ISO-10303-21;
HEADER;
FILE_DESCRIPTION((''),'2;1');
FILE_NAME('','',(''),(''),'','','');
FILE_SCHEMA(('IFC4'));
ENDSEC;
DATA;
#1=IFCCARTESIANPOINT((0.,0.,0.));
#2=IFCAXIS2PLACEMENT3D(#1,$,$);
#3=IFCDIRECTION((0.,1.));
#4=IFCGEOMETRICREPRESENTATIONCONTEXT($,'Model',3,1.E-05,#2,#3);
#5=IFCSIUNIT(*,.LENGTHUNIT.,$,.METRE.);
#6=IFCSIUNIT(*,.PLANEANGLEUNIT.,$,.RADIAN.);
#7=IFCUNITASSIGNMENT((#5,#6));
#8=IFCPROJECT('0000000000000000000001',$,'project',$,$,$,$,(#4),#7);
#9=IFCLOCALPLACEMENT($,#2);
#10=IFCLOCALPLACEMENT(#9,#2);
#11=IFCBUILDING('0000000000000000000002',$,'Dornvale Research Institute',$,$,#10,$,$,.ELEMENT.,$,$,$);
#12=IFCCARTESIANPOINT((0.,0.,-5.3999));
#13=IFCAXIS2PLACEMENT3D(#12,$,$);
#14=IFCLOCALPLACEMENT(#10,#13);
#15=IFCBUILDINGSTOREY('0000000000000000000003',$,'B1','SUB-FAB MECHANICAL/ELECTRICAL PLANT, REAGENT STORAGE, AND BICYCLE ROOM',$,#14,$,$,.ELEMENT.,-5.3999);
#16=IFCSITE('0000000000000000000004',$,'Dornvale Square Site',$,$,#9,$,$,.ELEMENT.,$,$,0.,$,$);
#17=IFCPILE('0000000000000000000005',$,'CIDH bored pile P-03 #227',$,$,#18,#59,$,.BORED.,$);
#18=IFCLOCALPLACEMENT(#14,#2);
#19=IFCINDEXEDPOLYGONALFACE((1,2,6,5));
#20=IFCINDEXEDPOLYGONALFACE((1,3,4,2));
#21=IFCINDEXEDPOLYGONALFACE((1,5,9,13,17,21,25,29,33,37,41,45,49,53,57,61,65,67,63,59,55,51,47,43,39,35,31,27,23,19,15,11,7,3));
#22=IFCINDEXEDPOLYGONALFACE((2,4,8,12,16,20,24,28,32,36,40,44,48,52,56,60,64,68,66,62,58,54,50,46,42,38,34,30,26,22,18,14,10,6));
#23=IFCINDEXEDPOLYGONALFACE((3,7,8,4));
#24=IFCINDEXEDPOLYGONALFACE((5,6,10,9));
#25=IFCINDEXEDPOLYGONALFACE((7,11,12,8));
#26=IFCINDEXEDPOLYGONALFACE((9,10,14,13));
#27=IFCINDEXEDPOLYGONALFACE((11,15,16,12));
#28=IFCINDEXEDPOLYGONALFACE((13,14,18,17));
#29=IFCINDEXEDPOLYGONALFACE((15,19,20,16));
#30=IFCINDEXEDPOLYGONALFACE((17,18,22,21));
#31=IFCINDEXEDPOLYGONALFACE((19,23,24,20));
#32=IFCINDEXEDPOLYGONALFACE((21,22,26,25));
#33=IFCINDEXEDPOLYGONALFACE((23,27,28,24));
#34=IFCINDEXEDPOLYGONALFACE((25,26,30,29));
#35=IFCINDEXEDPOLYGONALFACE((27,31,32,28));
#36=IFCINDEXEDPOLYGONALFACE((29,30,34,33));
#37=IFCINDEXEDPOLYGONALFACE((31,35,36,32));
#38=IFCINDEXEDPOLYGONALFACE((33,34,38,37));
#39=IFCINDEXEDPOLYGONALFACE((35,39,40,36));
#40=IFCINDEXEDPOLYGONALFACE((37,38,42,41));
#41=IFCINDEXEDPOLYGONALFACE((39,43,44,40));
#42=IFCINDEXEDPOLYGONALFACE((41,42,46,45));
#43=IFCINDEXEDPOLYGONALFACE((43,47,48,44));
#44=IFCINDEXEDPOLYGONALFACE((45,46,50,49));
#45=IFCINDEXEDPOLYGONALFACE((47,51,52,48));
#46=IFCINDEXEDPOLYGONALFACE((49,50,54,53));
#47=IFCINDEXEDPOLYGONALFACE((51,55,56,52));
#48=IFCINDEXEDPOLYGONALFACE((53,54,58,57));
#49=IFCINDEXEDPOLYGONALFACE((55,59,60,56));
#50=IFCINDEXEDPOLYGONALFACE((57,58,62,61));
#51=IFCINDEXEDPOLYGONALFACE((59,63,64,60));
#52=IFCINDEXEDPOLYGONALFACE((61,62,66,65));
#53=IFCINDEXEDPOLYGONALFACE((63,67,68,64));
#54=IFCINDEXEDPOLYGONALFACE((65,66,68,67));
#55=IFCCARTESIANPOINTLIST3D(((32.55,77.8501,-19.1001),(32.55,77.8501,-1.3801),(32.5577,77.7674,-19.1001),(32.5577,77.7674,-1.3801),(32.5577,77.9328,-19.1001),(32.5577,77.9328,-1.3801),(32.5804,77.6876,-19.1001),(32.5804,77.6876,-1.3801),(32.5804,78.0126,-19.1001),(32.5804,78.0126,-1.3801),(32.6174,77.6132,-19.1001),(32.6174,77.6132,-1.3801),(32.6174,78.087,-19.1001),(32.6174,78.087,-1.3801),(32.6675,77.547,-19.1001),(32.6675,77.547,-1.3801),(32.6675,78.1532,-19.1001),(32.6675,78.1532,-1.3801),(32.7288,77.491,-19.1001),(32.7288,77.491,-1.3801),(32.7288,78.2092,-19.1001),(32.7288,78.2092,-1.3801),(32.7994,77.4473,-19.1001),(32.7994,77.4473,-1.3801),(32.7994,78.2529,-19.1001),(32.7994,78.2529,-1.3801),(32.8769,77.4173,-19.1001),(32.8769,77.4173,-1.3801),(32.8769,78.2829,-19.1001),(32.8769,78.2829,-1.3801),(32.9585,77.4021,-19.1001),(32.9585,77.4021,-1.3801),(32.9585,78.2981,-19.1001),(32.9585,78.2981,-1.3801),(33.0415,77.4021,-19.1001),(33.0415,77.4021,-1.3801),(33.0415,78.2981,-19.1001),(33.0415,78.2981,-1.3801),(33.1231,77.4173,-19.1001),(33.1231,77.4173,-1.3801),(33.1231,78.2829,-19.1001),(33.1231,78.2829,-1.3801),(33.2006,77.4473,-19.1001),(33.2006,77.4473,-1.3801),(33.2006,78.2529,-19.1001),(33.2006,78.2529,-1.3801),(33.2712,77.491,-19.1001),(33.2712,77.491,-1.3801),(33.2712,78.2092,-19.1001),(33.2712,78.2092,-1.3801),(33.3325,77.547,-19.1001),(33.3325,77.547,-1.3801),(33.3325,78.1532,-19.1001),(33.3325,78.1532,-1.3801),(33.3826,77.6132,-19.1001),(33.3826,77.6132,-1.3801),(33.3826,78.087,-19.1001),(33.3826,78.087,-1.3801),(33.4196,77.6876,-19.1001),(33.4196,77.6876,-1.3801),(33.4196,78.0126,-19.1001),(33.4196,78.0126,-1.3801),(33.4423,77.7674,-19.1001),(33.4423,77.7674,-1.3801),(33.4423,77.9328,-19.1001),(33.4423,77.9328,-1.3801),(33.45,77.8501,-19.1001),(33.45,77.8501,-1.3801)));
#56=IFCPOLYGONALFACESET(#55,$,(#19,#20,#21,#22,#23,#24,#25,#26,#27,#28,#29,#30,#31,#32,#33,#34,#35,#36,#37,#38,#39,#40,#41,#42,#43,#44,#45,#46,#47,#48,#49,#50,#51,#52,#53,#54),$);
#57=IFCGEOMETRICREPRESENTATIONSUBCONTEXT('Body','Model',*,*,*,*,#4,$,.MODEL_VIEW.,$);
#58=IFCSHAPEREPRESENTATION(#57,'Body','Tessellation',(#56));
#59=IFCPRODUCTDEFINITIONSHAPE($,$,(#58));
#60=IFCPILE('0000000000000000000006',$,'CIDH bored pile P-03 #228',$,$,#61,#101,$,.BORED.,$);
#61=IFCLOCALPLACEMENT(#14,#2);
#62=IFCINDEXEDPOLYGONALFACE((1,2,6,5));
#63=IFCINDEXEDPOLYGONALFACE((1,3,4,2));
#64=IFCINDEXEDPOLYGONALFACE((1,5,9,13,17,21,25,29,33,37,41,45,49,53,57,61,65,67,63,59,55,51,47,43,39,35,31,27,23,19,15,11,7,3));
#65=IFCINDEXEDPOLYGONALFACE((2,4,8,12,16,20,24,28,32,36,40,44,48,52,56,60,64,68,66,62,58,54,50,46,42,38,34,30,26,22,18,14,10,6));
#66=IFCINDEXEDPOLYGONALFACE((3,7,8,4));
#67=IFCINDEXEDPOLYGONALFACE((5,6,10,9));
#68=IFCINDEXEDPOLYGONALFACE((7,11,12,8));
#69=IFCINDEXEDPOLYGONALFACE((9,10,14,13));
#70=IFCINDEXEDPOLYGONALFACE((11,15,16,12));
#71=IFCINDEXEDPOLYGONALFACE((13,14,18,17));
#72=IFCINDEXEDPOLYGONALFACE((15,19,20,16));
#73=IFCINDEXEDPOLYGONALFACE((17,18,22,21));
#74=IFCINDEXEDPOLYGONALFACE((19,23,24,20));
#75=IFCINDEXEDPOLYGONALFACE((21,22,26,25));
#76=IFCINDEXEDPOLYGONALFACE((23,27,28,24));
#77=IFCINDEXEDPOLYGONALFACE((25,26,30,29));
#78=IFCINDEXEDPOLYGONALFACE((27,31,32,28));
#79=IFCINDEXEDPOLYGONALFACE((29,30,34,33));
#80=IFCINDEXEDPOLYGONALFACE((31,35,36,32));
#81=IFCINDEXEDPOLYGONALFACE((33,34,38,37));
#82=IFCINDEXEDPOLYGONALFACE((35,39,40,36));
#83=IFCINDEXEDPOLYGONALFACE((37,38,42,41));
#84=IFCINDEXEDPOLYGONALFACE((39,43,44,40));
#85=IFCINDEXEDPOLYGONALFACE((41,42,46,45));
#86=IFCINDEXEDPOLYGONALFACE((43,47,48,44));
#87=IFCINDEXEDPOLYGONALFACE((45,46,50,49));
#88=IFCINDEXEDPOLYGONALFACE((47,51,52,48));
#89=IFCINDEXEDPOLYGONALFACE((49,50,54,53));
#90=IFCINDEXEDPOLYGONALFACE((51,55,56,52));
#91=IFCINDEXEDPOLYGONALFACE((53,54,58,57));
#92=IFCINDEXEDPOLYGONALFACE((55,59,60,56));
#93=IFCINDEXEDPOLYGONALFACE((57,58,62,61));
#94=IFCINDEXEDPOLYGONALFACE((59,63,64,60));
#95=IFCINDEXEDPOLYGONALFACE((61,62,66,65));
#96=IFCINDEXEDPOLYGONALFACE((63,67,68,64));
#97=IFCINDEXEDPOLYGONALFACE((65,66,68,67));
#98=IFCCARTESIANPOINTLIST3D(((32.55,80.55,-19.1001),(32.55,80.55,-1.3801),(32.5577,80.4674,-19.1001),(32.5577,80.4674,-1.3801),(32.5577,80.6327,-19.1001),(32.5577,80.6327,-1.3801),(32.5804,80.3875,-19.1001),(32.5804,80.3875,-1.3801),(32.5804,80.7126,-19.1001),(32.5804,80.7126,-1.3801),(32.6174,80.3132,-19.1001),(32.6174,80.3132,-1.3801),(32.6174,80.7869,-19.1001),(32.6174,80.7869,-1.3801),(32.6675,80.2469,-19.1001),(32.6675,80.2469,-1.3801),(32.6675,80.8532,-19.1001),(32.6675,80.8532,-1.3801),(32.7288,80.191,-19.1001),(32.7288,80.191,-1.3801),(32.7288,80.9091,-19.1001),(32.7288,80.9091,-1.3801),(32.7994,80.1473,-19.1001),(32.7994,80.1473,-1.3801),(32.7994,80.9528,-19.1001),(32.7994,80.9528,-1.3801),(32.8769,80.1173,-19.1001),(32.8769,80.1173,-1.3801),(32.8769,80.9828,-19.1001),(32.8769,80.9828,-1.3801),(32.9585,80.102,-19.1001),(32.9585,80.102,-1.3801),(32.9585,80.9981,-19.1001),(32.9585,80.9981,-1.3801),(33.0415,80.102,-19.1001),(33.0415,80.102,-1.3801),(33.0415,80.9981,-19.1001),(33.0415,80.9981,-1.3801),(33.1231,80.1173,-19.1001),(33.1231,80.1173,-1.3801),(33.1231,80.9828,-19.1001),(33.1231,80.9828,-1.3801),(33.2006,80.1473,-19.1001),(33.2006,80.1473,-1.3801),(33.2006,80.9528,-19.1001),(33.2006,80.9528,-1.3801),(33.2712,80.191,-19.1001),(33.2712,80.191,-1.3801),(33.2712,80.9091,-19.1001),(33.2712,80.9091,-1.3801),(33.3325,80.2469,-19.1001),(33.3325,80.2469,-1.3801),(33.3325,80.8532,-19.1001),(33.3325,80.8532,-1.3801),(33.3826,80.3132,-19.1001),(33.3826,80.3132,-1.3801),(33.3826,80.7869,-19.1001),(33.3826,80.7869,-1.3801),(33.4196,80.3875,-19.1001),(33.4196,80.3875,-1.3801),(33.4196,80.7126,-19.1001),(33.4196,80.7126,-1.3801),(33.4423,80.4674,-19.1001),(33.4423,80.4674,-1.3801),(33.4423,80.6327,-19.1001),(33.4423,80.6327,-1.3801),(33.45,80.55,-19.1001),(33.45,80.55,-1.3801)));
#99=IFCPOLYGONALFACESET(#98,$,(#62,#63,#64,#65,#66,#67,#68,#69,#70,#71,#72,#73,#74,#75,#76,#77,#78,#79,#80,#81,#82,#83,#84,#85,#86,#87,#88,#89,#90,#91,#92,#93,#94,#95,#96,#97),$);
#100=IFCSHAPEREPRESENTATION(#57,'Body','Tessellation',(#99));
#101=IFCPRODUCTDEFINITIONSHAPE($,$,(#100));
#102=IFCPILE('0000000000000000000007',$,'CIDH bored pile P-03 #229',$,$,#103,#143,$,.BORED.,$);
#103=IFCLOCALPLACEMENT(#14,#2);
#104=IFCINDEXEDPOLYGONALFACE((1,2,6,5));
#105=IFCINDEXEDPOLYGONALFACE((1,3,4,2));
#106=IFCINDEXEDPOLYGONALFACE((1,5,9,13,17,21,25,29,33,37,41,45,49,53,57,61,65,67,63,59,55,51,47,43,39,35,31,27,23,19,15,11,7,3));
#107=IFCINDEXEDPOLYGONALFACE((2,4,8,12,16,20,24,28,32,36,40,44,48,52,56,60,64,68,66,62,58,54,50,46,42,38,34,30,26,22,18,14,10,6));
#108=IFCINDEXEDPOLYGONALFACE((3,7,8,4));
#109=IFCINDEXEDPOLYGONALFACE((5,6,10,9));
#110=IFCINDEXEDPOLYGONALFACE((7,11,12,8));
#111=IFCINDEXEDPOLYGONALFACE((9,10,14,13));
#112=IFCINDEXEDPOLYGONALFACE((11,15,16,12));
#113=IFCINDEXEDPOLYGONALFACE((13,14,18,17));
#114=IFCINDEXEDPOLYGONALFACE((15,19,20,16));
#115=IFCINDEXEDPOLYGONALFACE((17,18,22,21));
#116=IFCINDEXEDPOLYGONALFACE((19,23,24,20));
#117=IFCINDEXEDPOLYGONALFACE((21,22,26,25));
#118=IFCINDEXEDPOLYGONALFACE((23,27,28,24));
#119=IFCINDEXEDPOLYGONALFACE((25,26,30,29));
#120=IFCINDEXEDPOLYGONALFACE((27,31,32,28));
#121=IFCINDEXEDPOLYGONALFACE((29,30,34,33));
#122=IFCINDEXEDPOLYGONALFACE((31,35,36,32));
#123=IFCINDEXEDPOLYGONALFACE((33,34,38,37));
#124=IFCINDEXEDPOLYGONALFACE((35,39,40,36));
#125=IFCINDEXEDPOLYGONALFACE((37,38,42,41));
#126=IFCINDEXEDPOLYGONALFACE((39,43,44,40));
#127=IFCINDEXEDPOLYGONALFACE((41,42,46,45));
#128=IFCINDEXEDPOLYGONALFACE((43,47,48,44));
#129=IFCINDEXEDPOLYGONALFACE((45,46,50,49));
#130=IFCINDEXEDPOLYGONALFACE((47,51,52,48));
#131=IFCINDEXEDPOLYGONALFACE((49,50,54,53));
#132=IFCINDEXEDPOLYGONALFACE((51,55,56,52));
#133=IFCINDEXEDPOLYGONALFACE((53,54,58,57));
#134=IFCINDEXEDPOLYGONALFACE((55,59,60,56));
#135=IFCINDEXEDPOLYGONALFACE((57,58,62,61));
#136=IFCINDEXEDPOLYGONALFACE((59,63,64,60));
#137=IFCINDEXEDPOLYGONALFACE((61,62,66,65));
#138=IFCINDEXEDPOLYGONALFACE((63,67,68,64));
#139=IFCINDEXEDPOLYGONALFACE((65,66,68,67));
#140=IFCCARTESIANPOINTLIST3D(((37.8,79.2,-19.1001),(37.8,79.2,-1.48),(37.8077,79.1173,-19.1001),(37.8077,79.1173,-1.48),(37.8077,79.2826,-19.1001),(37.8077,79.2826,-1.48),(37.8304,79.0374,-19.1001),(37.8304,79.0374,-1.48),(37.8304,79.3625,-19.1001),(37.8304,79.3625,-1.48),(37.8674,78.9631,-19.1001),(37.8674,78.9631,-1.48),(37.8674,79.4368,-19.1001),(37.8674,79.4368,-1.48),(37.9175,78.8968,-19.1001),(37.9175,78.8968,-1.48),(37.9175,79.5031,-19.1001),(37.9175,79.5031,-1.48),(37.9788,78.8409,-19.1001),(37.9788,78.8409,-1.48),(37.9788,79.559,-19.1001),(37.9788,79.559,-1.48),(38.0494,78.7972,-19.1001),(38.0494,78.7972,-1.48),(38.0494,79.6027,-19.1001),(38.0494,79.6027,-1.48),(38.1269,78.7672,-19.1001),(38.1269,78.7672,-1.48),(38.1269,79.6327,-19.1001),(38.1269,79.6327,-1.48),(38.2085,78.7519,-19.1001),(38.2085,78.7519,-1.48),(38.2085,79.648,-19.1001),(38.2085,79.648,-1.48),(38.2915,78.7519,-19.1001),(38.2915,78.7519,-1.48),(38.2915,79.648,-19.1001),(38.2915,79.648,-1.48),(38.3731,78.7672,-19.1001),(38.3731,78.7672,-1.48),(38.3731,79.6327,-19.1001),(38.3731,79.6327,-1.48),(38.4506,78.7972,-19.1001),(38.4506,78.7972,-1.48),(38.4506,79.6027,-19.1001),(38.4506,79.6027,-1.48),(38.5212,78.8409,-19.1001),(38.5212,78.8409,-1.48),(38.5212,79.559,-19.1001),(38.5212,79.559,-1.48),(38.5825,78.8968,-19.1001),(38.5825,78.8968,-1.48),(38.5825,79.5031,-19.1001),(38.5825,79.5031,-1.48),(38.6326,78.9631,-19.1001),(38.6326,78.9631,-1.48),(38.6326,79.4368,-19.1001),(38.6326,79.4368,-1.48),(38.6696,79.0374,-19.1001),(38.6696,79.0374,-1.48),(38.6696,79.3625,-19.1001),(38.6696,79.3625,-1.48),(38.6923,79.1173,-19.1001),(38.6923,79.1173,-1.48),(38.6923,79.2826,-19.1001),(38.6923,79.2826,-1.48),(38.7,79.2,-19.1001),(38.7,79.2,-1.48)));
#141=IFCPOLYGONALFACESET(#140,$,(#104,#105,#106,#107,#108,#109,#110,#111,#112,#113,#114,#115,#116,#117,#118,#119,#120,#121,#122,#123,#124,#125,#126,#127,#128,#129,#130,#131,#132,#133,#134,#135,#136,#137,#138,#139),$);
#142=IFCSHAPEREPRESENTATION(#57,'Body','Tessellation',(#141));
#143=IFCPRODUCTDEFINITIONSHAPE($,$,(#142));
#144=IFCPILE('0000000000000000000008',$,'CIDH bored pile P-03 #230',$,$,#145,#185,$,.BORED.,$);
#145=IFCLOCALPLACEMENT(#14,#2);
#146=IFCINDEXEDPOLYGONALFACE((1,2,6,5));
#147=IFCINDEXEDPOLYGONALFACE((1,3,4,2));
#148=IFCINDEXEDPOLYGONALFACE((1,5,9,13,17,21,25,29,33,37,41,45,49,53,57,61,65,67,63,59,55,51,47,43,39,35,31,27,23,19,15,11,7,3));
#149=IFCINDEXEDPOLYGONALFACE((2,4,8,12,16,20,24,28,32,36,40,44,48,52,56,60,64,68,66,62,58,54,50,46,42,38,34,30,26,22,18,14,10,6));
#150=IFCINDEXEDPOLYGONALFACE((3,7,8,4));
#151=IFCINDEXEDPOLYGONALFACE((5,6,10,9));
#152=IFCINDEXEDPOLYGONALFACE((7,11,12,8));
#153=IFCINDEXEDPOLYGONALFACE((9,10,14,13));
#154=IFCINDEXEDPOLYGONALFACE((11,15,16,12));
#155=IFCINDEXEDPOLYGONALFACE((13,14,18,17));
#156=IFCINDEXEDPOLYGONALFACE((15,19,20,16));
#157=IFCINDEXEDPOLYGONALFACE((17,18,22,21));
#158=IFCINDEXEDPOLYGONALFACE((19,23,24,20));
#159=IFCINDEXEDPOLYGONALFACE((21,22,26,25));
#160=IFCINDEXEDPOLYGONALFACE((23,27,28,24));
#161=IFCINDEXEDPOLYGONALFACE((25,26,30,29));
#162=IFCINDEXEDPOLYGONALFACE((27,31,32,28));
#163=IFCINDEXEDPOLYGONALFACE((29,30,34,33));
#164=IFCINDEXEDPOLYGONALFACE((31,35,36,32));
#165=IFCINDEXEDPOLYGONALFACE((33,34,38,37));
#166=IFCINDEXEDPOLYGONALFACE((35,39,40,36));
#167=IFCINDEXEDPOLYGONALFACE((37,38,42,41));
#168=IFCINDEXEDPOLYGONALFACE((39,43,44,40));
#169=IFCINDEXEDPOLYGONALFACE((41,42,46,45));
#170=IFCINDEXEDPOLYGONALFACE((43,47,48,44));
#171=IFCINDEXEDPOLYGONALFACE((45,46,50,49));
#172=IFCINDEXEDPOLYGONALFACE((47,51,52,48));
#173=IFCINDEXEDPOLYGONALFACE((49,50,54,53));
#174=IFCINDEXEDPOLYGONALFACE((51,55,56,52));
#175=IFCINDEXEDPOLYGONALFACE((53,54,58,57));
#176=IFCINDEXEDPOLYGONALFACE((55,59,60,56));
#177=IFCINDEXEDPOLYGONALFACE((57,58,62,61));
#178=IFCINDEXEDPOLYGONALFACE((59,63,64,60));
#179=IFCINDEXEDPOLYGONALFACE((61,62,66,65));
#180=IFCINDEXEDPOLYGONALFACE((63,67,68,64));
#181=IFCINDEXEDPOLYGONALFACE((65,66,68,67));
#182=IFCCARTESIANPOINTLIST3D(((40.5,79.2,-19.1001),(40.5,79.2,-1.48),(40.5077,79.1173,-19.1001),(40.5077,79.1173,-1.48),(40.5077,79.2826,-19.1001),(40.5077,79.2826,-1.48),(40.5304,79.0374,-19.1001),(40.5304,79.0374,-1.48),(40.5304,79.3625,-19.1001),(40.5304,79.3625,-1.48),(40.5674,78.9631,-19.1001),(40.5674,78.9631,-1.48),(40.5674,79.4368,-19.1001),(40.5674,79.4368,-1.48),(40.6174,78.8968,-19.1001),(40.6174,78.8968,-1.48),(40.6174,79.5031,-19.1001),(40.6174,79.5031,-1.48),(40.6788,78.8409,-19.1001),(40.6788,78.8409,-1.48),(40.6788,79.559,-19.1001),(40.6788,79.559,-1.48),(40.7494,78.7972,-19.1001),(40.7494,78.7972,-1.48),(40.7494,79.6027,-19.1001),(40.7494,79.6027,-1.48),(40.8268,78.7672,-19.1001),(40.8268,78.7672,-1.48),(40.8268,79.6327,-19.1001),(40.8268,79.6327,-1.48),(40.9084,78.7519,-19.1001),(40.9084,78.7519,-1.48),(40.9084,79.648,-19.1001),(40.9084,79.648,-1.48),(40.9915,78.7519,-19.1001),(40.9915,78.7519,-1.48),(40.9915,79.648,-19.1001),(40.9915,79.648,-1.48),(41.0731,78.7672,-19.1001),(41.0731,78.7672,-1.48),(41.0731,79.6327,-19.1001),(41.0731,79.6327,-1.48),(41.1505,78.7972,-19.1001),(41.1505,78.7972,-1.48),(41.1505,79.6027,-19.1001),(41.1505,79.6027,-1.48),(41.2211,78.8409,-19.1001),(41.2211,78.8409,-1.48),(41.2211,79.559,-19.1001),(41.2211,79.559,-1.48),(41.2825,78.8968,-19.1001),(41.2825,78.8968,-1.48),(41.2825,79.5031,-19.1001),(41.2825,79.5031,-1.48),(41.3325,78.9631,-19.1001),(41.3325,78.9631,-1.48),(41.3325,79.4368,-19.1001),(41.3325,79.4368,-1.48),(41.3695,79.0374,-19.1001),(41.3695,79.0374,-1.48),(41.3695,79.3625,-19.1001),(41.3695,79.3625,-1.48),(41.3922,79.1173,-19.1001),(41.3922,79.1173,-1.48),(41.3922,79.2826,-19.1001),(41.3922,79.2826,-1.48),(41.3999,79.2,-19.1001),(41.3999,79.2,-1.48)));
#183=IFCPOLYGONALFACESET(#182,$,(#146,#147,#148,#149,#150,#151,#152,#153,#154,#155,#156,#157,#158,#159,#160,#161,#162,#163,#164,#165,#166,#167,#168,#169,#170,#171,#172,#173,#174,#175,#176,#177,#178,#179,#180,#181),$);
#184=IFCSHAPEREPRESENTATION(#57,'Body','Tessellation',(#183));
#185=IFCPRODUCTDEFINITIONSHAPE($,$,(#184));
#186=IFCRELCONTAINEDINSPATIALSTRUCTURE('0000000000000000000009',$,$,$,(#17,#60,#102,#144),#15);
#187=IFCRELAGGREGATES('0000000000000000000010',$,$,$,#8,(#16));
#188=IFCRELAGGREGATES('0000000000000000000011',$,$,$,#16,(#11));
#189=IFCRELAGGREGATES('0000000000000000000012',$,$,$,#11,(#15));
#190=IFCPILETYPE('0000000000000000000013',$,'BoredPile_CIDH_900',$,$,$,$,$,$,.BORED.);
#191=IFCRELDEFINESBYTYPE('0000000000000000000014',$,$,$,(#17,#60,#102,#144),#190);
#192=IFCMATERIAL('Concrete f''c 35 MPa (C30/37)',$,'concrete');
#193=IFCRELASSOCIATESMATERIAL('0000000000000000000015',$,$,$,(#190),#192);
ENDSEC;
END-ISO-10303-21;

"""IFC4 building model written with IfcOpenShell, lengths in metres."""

from ifc_helpers import new_model, si_unit, direction, frame, origin, origin_2d, place, context, subcontext, project, spatial, circle, extrude, material, material_profile, profile_set, type_object, element, save


model = new_model("IFC4")

# Units and contexts
model_context = context("Model", 3, precision=1e-05, world=origin(), true_north=direction((0.0, 1.0)))
body_context = subcontext(model_context, "Body", "Model", "MODEL_VIEW")
ifc_project = project(units=[si_unit("LENGTHUNIT", "METRE"), si_unit("PLANEANGLEUNIT", "RADIAN")], contexts=[model_context])

# Site, building, storey
site_placement = place(None, origin())
site = spatial("IfcSite", under=ifc_project, at=site_placement, Name="Dornvale Square Site", CompositionType="ELEMENT", RefElevation=0.0)
building_placement = place(site_placement, origin())
building = spatial("IfcBuilding", under=site, at=building_placement, Name="Dornvale Research Institute", CompositionType="ELEMENT")
storey_placement = place(building_placement, frame((0.0, 0.0, -5.3999)))
storey = spatial("IfcBuildingStorey", under=building, at=storey_placement, Name="B1", Description="SUB-FAB MECHANICAL/ELECTRICAL PLANT, REAGENT STORAGE, AND BICYCLE ROOM", CompositionType="ELEMENT", Elevation=-5.3999)

# Piles
ifc_material_1 = material(Name="Concrete f'c 35 MPa (C30/37)", Category="concrete")
ifc_material_profile_1 = material_profile(ifc_material_1, circle(Radius=0.45, at=origin_2d()), Name="CIDH PILE D900")
ifc_profile_set_1 = profile_set([ifc_material_profile_1], Name="Concrete f'c 35 MPa (C30/37)")
pile_type = type_object("IfcPileType", Name="BoredPile_CIDH_900", PredefinedType="BORED", material=ifc_profile_set_1)
for number, where, z_axis, x_axis, name in (
    (1, (33.0, 77.8501, -1.3801), (0.0, 0.0, -1.0), (1.0, 0.0, 0.0), "CIDH bored pile P-03 #227"),
    (2, (33.0, 80.55, -1.3801), (0.0, 0.0, -1.0), (1.0, 0.0, 0.0), "CIDH bored pile P-03 #228"),
):
    element("IfcPile", number, at=place(storey_placement, frame(where, z_axis=z_axis, x_axis=x_axis)), inside=storey, type_object=pile_type, Name=name, PredefinedType="BORED", context=body_context, shape_type="SweptSolid", body=[
        extrude(circle(Radius=0.45, at=origin_2d()), origin(), (0.0, 0.0, 1.0), 17.72),
    ])
for number, where, z_axis, x_axis, name in (
    (3, (38.25, 79.2, -1.48), (0.0, 0.0, -1.0), (1.0, 0.0, 0.0), "CIDH bored pile P-03 #229"),
    (4, (40.95, 79.2, -1.48), (0.0, 0.0, -1.0), (1.0, 0.0, 0.0), "CIDH bored pile P-03 #230"),
):
    element("IfcPile", number, at=place(storey_placement, frame(where, z_axis=z_axis, x_axis=x_axis)), inside=storey, type_object=pile_type, Name=name, PredefinedType="BORED", context=body_context, shape_type="SweptSolid", body=[
        extrude(circle(Radius=0.45, at=origin_2d()), origin(), (0.0, 0.0, 1.0), 17.6201),
    ])

save(model, "model.ifc")
